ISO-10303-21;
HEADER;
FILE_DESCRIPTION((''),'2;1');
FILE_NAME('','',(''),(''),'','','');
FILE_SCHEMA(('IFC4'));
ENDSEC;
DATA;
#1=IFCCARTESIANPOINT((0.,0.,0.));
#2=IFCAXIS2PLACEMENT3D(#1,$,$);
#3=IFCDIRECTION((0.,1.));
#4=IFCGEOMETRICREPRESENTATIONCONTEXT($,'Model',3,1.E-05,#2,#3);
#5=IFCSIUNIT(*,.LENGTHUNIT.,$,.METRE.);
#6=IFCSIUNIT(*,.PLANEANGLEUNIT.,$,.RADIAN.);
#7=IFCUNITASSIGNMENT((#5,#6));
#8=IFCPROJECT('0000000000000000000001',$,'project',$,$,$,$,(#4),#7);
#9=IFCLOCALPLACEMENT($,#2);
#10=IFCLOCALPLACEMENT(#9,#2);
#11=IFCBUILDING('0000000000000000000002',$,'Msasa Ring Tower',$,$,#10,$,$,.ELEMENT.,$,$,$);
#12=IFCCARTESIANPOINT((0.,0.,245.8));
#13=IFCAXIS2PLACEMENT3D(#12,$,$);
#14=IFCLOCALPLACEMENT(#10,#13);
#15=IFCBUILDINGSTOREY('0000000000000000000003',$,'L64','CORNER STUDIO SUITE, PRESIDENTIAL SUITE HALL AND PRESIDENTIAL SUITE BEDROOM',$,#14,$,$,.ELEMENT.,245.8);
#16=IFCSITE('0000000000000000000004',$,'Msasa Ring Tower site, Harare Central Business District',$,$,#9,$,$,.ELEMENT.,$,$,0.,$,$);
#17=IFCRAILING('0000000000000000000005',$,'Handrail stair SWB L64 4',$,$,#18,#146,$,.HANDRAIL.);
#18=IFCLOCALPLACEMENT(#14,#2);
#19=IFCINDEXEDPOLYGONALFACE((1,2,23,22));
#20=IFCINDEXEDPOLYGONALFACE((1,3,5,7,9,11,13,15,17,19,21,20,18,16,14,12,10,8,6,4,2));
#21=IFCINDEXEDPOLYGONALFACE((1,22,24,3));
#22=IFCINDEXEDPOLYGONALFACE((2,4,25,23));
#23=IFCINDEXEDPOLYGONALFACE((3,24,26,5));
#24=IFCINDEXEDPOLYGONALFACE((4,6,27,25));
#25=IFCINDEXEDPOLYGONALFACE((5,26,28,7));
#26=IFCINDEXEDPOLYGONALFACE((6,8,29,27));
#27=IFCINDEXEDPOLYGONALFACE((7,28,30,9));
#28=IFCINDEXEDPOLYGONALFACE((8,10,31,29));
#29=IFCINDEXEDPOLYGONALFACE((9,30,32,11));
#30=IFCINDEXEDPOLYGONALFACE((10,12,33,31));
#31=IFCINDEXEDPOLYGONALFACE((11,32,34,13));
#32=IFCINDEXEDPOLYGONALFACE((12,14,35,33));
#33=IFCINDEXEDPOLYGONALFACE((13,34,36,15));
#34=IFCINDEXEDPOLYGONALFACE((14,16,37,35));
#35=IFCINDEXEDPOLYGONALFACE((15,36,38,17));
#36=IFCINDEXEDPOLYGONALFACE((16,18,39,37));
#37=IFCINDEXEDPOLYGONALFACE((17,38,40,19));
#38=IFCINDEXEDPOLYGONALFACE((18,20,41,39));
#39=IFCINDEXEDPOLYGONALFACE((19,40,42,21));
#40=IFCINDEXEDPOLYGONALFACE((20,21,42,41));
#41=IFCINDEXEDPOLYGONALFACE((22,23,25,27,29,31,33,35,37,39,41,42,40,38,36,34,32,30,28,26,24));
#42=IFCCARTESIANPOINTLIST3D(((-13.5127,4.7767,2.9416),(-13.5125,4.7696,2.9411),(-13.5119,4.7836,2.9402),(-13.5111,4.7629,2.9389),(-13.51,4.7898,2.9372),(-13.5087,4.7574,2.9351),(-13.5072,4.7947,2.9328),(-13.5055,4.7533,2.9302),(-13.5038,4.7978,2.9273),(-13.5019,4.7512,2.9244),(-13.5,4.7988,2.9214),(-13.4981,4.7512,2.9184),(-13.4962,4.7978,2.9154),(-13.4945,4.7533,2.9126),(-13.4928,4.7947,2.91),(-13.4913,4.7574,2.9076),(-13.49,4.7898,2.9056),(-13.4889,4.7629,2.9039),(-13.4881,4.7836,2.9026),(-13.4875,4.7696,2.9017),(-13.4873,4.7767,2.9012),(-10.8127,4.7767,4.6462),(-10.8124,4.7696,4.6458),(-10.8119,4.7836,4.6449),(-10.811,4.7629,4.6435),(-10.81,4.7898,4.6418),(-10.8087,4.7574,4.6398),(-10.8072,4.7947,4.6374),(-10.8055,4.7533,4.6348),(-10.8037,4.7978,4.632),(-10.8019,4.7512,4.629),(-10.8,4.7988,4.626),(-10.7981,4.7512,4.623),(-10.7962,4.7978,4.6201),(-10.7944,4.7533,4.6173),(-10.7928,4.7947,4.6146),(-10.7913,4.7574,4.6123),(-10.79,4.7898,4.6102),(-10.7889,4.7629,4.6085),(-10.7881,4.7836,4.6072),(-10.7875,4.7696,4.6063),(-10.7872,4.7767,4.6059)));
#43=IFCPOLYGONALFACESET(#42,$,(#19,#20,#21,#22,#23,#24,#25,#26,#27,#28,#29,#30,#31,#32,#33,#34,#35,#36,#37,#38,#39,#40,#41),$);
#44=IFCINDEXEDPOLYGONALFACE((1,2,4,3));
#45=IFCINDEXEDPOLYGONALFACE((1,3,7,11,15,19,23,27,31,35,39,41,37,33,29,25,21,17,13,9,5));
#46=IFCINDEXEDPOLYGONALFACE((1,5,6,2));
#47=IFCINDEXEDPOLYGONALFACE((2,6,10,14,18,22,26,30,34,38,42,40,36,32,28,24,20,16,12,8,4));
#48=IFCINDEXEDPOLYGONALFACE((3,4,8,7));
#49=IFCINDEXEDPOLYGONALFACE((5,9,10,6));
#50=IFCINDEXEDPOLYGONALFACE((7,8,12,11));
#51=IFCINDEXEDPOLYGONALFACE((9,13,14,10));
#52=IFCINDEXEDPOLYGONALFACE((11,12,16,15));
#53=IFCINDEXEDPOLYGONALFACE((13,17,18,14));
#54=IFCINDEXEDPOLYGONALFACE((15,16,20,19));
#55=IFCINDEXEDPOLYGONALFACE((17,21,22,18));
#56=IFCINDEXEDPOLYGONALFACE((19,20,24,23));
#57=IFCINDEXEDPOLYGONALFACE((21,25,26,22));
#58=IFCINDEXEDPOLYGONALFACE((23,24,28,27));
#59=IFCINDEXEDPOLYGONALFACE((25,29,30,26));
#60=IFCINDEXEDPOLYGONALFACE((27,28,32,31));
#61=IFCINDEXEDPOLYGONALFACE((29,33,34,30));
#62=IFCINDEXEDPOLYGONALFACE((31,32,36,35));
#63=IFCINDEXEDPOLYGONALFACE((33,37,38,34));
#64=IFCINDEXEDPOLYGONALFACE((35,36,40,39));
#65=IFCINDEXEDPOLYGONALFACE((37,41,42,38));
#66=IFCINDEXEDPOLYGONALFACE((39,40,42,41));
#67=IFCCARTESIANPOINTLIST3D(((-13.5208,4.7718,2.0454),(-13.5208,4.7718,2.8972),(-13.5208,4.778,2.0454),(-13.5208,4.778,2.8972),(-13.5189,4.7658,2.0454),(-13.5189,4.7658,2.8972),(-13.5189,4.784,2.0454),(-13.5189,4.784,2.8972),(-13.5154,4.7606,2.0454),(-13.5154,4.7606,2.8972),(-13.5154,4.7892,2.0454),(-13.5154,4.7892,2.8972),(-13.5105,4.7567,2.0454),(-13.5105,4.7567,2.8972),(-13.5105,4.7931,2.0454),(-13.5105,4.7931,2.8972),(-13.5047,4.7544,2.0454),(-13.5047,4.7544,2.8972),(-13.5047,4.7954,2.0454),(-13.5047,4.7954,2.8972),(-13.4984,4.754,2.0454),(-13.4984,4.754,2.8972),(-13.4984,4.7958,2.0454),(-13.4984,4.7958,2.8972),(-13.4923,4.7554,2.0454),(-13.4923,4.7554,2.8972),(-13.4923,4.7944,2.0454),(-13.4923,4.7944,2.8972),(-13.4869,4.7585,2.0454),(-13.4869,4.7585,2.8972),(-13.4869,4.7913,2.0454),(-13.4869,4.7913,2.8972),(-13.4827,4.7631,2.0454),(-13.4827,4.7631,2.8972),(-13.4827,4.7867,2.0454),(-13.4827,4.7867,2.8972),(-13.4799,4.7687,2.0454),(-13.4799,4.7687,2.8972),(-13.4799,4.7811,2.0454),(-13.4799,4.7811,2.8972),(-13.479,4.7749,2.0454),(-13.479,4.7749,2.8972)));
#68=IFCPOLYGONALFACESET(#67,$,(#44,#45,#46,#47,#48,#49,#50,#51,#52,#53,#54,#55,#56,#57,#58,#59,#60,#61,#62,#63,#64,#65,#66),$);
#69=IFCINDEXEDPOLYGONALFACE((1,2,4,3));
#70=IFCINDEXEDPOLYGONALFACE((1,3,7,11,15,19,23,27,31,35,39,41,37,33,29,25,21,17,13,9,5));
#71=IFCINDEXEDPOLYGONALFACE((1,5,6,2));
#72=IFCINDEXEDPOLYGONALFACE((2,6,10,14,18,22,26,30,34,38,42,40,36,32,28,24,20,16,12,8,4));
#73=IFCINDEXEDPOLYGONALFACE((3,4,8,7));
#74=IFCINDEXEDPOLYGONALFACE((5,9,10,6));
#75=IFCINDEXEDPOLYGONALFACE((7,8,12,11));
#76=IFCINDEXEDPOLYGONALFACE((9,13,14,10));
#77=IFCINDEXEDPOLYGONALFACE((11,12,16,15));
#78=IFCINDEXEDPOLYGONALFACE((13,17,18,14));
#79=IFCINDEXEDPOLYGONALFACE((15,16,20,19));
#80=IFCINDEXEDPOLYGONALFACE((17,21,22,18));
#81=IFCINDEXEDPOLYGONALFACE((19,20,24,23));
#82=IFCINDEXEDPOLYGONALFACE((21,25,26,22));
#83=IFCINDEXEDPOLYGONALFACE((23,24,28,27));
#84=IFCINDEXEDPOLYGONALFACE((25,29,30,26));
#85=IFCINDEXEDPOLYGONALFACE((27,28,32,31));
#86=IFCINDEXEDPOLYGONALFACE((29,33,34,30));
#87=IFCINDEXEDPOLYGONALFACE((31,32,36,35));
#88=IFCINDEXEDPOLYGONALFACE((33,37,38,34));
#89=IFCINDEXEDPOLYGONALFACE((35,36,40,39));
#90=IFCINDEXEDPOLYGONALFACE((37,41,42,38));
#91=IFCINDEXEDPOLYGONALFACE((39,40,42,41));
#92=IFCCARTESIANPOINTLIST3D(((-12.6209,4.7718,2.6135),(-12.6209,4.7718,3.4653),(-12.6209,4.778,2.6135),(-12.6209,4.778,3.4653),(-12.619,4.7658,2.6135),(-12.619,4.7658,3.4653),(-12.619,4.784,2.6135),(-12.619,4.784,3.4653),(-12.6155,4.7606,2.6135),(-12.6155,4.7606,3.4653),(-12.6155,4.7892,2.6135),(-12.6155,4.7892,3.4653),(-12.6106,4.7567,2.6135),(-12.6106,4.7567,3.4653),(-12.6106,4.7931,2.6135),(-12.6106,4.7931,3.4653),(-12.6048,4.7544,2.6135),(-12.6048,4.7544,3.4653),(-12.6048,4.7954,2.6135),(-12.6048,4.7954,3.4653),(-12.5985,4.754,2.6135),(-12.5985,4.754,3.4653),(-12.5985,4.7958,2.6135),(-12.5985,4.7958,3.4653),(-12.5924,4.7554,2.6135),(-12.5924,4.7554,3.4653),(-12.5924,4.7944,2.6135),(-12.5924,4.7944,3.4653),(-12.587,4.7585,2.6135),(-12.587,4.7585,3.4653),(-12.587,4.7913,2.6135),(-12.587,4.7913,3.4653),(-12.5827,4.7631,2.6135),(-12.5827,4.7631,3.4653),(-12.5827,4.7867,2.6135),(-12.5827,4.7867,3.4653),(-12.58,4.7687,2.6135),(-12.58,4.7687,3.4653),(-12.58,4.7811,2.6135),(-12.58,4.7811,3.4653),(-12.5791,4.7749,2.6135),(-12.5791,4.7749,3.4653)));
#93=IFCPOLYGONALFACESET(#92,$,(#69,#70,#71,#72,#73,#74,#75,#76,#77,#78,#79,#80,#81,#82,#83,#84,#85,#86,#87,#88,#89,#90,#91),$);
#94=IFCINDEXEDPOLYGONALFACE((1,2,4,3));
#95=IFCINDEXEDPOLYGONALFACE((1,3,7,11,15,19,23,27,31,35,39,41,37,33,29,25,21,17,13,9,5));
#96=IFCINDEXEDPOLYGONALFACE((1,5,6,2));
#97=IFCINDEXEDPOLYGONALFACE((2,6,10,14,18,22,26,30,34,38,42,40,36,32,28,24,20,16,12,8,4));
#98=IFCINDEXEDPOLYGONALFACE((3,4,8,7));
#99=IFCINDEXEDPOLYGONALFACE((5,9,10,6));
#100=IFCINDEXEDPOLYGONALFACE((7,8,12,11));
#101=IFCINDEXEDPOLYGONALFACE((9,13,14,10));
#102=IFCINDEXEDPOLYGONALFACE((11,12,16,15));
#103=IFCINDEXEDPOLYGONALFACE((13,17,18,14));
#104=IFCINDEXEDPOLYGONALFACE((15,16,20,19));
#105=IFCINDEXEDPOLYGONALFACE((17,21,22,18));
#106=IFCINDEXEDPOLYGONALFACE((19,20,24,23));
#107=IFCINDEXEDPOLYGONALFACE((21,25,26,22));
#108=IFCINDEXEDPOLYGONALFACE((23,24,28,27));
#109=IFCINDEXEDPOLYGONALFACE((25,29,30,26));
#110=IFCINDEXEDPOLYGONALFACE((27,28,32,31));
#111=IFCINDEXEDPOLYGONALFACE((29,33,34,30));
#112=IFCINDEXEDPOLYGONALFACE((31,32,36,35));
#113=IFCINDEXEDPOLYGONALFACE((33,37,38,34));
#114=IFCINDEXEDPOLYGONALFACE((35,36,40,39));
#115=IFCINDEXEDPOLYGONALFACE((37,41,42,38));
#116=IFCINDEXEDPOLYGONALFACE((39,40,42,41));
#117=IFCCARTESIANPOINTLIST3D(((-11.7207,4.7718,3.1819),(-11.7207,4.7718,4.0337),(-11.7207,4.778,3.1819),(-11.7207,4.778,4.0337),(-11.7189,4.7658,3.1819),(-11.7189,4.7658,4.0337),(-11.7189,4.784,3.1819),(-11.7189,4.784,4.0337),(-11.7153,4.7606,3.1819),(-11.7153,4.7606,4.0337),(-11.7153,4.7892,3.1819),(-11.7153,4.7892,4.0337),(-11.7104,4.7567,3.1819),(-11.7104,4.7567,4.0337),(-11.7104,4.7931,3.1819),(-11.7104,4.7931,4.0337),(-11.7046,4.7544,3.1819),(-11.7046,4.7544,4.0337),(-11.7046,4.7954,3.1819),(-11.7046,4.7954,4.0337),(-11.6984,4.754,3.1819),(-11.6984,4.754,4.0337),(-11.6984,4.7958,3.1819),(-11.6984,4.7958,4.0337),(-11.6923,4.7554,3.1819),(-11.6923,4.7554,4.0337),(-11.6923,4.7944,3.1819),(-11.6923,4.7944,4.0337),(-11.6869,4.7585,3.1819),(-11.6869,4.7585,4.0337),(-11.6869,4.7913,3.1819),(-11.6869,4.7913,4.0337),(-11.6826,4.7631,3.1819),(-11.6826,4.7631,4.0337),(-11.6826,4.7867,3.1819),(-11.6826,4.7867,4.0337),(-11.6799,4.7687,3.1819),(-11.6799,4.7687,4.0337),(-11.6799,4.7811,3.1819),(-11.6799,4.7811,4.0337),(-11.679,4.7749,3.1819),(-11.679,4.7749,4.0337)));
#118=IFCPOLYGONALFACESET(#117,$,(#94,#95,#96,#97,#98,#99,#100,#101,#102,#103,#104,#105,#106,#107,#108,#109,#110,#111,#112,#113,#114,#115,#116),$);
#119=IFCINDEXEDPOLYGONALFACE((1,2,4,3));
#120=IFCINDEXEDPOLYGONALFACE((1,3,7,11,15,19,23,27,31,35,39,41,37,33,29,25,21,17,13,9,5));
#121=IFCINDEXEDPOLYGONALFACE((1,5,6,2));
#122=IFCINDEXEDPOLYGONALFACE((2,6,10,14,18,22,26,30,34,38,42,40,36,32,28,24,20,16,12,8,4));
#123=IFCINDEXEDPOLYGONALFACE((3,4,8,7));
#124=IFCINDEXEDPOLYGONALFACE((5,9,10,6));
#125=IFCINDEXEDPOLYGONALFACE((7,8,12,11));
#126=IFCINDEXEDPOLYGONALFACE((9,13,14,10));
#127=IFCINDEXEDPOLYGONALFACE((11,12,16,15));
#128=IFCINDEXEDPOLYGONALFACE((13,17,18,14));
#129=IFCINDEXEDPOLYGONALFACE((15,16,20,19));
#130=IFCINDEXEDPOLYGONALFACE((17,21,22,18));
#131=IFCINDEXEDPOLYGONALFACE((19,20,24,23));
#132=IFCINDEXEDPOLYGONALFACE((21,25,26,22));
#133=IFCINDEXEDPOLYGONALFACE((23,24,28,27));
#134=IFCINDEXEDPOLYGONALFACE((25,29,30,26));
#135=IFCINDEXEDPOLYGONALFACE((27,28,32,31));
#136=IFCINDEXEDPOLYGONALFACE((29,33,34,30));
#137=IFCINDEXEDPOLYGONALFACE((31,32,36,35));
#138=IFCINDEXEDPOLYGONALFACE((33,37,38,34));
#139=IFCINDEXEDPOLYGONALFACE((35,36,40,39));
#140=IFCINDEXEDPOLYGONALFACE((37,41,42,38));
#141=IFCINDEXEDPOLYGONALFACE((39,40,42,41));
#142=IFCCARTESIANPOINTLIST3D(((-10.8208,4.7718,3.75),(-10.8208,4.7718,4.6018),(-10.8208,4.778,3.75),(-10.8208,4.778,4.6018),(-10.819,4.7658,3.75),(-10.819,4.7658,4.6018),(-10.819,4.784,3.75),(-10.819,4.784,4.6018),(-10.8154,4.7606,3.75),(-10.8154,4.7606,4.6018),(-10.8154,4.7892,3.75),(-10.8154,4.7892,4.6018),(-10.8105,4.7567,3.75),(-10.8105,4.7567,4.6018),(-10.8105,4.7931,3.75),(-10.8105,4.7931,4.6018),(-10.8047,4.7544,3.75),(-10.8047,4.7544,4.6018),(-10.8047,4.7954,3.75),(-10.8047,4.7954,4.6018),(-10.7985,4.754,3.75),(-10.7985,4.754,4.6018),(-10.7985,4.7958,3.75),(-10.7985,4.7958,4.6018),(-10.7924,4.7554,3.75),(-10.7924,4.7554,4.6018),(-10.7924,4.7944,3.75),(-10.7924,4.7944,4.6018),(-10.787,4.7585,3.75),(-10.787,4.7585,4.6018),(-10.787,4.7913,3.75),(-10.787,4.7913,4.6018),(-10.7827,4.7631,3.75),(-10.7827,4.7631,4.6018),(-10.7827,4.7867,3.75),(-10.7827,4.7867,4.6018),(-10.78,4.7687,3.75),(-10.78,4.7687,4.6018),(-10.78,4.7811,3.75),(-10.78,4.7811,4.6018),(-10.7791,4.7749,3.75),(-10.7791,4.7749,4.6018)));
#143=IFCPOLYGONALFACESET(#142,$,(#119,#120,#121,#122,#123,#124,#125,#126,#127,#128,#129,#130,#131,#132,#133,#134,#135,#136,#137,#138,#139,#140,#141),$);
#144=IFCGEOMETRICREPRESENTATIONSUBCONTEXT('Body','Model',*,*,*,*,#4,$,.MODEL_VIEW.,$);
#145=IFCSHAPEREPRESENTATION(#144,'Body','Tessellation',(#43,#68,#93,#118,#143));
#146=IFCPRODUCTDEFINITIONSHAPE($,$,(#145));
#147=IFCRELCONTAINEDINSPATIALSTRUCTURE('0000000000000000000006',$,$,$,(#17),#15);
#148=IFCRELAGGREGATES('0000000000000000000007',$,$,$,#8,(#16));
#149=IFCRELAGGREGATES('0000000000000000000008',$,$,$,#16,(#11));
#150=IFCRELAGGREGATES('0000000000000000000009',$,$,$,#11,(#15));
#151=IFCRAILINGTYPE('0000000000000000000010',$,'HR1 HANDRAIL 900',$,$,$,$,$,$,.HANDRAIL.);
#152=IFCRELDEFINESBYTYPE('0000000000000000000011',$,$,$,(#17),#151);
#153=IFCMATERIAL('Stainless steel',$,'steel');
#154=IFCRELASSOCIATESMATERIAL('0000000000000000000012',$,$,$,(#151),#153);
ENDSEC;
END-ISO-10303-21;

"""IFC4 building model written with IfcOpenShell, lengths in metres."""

from ifc_helpers import new_model, si_unit, direction, frame, origin, origin_2d, place, context, subcontext, project, spatial, circle, extrude, material, type_object, element, save


model = new_model("IFC4")

# Units and contexts
model_context = context("Model", 3, precision=1e-05, world=origin(), true_north=direction((0.0, 1.0)))
body_context = subcontext(model_context, "Body", "Model", "MODEL_VIEW")
ifc_project = project(units=[si_unit("LENGTHUNIT", "METRE"), si_unit("PLANEANGLEUNIT", "RADIAN")], contexts=[model_context])

# Site, building, storey
site_placement = place(None, origin())
site = spatial("IfcSite", under=ifc_project, at=site_placement, Name="Msasa Ring Tower site, Harare Central Business District", CompositionType="ELEMENT", RefElevation=0.0)
building_placement = place(site_placement, origin())
building = spatial("IfcBuilding", under=site, at=building_placement, Name="Msasa Ring Tower", CompositionType="ELEMENT")
storey_placement = place(building_placement, frame((0.0, 0.0, 245.8)))
storey = spatial("IfcBuildingStorey", under=building, at=storey_placement, Name="L64", Description="CORNER STUDIO SUITE, PRESIDENTIAL SUITE HALL AND PRESIDENTIAL SUITE BEDROOM", CompositionType="ELEMENT", Elevation=245.8)

# Railing
ifc_material_1 = material(Name="Stainless steel", Category="steel")
railing_type = type_object("IfcRailingType", Name="HR1 HANDRAIL 900", PredefinedType="HANDRAIL", material=ifc_material_1)
for number, where, name in (
    (1, (-13.5, 4.7749, 2.0454), "Handrail stair SWB L64 4"),
):
    element("IfcRailing", number, at=place(storey_placement, frame(where)), inside=storey, type_object=railing_type, Name=name, PredefinedType="HANDRAIL", context=body_context, shape_type="SweptSolid", body=[
        extrude(circle(Radius=0.0239, at=origin_2d()), frame((0.0, 0.0, 0.876), z_axis=(0.84558, 0.0, 0.533849), x_axis=(0.0, 1.0, 0.0)), (0.0, 0.0, 1.0), 3.1931),
        extrude(circle(Radius=0.021, at=origin_2d()), origin(), (0.0, 0.0, 1.0), 0.8518),
        extrude(circle(Radius=0.021, at=origin_2d()), frame((0.8999, 0.0, 0.5681)), (0.0, 0.0, 1.0), 0.8518),
        extrude(circle(Radius=0.021, at=origin_2d()), frame((1.8, 0.0, 1.1365)), (0.0, 0.0, 1.0), 0.8518),
        extrude(circle(Radius=0.021, at=origin_2d()), frame((2.7, 0.0, 1.7046)), (0.0, 0.0, 1.0), 0.8518),
    ])

save(model, "model.ifc")
